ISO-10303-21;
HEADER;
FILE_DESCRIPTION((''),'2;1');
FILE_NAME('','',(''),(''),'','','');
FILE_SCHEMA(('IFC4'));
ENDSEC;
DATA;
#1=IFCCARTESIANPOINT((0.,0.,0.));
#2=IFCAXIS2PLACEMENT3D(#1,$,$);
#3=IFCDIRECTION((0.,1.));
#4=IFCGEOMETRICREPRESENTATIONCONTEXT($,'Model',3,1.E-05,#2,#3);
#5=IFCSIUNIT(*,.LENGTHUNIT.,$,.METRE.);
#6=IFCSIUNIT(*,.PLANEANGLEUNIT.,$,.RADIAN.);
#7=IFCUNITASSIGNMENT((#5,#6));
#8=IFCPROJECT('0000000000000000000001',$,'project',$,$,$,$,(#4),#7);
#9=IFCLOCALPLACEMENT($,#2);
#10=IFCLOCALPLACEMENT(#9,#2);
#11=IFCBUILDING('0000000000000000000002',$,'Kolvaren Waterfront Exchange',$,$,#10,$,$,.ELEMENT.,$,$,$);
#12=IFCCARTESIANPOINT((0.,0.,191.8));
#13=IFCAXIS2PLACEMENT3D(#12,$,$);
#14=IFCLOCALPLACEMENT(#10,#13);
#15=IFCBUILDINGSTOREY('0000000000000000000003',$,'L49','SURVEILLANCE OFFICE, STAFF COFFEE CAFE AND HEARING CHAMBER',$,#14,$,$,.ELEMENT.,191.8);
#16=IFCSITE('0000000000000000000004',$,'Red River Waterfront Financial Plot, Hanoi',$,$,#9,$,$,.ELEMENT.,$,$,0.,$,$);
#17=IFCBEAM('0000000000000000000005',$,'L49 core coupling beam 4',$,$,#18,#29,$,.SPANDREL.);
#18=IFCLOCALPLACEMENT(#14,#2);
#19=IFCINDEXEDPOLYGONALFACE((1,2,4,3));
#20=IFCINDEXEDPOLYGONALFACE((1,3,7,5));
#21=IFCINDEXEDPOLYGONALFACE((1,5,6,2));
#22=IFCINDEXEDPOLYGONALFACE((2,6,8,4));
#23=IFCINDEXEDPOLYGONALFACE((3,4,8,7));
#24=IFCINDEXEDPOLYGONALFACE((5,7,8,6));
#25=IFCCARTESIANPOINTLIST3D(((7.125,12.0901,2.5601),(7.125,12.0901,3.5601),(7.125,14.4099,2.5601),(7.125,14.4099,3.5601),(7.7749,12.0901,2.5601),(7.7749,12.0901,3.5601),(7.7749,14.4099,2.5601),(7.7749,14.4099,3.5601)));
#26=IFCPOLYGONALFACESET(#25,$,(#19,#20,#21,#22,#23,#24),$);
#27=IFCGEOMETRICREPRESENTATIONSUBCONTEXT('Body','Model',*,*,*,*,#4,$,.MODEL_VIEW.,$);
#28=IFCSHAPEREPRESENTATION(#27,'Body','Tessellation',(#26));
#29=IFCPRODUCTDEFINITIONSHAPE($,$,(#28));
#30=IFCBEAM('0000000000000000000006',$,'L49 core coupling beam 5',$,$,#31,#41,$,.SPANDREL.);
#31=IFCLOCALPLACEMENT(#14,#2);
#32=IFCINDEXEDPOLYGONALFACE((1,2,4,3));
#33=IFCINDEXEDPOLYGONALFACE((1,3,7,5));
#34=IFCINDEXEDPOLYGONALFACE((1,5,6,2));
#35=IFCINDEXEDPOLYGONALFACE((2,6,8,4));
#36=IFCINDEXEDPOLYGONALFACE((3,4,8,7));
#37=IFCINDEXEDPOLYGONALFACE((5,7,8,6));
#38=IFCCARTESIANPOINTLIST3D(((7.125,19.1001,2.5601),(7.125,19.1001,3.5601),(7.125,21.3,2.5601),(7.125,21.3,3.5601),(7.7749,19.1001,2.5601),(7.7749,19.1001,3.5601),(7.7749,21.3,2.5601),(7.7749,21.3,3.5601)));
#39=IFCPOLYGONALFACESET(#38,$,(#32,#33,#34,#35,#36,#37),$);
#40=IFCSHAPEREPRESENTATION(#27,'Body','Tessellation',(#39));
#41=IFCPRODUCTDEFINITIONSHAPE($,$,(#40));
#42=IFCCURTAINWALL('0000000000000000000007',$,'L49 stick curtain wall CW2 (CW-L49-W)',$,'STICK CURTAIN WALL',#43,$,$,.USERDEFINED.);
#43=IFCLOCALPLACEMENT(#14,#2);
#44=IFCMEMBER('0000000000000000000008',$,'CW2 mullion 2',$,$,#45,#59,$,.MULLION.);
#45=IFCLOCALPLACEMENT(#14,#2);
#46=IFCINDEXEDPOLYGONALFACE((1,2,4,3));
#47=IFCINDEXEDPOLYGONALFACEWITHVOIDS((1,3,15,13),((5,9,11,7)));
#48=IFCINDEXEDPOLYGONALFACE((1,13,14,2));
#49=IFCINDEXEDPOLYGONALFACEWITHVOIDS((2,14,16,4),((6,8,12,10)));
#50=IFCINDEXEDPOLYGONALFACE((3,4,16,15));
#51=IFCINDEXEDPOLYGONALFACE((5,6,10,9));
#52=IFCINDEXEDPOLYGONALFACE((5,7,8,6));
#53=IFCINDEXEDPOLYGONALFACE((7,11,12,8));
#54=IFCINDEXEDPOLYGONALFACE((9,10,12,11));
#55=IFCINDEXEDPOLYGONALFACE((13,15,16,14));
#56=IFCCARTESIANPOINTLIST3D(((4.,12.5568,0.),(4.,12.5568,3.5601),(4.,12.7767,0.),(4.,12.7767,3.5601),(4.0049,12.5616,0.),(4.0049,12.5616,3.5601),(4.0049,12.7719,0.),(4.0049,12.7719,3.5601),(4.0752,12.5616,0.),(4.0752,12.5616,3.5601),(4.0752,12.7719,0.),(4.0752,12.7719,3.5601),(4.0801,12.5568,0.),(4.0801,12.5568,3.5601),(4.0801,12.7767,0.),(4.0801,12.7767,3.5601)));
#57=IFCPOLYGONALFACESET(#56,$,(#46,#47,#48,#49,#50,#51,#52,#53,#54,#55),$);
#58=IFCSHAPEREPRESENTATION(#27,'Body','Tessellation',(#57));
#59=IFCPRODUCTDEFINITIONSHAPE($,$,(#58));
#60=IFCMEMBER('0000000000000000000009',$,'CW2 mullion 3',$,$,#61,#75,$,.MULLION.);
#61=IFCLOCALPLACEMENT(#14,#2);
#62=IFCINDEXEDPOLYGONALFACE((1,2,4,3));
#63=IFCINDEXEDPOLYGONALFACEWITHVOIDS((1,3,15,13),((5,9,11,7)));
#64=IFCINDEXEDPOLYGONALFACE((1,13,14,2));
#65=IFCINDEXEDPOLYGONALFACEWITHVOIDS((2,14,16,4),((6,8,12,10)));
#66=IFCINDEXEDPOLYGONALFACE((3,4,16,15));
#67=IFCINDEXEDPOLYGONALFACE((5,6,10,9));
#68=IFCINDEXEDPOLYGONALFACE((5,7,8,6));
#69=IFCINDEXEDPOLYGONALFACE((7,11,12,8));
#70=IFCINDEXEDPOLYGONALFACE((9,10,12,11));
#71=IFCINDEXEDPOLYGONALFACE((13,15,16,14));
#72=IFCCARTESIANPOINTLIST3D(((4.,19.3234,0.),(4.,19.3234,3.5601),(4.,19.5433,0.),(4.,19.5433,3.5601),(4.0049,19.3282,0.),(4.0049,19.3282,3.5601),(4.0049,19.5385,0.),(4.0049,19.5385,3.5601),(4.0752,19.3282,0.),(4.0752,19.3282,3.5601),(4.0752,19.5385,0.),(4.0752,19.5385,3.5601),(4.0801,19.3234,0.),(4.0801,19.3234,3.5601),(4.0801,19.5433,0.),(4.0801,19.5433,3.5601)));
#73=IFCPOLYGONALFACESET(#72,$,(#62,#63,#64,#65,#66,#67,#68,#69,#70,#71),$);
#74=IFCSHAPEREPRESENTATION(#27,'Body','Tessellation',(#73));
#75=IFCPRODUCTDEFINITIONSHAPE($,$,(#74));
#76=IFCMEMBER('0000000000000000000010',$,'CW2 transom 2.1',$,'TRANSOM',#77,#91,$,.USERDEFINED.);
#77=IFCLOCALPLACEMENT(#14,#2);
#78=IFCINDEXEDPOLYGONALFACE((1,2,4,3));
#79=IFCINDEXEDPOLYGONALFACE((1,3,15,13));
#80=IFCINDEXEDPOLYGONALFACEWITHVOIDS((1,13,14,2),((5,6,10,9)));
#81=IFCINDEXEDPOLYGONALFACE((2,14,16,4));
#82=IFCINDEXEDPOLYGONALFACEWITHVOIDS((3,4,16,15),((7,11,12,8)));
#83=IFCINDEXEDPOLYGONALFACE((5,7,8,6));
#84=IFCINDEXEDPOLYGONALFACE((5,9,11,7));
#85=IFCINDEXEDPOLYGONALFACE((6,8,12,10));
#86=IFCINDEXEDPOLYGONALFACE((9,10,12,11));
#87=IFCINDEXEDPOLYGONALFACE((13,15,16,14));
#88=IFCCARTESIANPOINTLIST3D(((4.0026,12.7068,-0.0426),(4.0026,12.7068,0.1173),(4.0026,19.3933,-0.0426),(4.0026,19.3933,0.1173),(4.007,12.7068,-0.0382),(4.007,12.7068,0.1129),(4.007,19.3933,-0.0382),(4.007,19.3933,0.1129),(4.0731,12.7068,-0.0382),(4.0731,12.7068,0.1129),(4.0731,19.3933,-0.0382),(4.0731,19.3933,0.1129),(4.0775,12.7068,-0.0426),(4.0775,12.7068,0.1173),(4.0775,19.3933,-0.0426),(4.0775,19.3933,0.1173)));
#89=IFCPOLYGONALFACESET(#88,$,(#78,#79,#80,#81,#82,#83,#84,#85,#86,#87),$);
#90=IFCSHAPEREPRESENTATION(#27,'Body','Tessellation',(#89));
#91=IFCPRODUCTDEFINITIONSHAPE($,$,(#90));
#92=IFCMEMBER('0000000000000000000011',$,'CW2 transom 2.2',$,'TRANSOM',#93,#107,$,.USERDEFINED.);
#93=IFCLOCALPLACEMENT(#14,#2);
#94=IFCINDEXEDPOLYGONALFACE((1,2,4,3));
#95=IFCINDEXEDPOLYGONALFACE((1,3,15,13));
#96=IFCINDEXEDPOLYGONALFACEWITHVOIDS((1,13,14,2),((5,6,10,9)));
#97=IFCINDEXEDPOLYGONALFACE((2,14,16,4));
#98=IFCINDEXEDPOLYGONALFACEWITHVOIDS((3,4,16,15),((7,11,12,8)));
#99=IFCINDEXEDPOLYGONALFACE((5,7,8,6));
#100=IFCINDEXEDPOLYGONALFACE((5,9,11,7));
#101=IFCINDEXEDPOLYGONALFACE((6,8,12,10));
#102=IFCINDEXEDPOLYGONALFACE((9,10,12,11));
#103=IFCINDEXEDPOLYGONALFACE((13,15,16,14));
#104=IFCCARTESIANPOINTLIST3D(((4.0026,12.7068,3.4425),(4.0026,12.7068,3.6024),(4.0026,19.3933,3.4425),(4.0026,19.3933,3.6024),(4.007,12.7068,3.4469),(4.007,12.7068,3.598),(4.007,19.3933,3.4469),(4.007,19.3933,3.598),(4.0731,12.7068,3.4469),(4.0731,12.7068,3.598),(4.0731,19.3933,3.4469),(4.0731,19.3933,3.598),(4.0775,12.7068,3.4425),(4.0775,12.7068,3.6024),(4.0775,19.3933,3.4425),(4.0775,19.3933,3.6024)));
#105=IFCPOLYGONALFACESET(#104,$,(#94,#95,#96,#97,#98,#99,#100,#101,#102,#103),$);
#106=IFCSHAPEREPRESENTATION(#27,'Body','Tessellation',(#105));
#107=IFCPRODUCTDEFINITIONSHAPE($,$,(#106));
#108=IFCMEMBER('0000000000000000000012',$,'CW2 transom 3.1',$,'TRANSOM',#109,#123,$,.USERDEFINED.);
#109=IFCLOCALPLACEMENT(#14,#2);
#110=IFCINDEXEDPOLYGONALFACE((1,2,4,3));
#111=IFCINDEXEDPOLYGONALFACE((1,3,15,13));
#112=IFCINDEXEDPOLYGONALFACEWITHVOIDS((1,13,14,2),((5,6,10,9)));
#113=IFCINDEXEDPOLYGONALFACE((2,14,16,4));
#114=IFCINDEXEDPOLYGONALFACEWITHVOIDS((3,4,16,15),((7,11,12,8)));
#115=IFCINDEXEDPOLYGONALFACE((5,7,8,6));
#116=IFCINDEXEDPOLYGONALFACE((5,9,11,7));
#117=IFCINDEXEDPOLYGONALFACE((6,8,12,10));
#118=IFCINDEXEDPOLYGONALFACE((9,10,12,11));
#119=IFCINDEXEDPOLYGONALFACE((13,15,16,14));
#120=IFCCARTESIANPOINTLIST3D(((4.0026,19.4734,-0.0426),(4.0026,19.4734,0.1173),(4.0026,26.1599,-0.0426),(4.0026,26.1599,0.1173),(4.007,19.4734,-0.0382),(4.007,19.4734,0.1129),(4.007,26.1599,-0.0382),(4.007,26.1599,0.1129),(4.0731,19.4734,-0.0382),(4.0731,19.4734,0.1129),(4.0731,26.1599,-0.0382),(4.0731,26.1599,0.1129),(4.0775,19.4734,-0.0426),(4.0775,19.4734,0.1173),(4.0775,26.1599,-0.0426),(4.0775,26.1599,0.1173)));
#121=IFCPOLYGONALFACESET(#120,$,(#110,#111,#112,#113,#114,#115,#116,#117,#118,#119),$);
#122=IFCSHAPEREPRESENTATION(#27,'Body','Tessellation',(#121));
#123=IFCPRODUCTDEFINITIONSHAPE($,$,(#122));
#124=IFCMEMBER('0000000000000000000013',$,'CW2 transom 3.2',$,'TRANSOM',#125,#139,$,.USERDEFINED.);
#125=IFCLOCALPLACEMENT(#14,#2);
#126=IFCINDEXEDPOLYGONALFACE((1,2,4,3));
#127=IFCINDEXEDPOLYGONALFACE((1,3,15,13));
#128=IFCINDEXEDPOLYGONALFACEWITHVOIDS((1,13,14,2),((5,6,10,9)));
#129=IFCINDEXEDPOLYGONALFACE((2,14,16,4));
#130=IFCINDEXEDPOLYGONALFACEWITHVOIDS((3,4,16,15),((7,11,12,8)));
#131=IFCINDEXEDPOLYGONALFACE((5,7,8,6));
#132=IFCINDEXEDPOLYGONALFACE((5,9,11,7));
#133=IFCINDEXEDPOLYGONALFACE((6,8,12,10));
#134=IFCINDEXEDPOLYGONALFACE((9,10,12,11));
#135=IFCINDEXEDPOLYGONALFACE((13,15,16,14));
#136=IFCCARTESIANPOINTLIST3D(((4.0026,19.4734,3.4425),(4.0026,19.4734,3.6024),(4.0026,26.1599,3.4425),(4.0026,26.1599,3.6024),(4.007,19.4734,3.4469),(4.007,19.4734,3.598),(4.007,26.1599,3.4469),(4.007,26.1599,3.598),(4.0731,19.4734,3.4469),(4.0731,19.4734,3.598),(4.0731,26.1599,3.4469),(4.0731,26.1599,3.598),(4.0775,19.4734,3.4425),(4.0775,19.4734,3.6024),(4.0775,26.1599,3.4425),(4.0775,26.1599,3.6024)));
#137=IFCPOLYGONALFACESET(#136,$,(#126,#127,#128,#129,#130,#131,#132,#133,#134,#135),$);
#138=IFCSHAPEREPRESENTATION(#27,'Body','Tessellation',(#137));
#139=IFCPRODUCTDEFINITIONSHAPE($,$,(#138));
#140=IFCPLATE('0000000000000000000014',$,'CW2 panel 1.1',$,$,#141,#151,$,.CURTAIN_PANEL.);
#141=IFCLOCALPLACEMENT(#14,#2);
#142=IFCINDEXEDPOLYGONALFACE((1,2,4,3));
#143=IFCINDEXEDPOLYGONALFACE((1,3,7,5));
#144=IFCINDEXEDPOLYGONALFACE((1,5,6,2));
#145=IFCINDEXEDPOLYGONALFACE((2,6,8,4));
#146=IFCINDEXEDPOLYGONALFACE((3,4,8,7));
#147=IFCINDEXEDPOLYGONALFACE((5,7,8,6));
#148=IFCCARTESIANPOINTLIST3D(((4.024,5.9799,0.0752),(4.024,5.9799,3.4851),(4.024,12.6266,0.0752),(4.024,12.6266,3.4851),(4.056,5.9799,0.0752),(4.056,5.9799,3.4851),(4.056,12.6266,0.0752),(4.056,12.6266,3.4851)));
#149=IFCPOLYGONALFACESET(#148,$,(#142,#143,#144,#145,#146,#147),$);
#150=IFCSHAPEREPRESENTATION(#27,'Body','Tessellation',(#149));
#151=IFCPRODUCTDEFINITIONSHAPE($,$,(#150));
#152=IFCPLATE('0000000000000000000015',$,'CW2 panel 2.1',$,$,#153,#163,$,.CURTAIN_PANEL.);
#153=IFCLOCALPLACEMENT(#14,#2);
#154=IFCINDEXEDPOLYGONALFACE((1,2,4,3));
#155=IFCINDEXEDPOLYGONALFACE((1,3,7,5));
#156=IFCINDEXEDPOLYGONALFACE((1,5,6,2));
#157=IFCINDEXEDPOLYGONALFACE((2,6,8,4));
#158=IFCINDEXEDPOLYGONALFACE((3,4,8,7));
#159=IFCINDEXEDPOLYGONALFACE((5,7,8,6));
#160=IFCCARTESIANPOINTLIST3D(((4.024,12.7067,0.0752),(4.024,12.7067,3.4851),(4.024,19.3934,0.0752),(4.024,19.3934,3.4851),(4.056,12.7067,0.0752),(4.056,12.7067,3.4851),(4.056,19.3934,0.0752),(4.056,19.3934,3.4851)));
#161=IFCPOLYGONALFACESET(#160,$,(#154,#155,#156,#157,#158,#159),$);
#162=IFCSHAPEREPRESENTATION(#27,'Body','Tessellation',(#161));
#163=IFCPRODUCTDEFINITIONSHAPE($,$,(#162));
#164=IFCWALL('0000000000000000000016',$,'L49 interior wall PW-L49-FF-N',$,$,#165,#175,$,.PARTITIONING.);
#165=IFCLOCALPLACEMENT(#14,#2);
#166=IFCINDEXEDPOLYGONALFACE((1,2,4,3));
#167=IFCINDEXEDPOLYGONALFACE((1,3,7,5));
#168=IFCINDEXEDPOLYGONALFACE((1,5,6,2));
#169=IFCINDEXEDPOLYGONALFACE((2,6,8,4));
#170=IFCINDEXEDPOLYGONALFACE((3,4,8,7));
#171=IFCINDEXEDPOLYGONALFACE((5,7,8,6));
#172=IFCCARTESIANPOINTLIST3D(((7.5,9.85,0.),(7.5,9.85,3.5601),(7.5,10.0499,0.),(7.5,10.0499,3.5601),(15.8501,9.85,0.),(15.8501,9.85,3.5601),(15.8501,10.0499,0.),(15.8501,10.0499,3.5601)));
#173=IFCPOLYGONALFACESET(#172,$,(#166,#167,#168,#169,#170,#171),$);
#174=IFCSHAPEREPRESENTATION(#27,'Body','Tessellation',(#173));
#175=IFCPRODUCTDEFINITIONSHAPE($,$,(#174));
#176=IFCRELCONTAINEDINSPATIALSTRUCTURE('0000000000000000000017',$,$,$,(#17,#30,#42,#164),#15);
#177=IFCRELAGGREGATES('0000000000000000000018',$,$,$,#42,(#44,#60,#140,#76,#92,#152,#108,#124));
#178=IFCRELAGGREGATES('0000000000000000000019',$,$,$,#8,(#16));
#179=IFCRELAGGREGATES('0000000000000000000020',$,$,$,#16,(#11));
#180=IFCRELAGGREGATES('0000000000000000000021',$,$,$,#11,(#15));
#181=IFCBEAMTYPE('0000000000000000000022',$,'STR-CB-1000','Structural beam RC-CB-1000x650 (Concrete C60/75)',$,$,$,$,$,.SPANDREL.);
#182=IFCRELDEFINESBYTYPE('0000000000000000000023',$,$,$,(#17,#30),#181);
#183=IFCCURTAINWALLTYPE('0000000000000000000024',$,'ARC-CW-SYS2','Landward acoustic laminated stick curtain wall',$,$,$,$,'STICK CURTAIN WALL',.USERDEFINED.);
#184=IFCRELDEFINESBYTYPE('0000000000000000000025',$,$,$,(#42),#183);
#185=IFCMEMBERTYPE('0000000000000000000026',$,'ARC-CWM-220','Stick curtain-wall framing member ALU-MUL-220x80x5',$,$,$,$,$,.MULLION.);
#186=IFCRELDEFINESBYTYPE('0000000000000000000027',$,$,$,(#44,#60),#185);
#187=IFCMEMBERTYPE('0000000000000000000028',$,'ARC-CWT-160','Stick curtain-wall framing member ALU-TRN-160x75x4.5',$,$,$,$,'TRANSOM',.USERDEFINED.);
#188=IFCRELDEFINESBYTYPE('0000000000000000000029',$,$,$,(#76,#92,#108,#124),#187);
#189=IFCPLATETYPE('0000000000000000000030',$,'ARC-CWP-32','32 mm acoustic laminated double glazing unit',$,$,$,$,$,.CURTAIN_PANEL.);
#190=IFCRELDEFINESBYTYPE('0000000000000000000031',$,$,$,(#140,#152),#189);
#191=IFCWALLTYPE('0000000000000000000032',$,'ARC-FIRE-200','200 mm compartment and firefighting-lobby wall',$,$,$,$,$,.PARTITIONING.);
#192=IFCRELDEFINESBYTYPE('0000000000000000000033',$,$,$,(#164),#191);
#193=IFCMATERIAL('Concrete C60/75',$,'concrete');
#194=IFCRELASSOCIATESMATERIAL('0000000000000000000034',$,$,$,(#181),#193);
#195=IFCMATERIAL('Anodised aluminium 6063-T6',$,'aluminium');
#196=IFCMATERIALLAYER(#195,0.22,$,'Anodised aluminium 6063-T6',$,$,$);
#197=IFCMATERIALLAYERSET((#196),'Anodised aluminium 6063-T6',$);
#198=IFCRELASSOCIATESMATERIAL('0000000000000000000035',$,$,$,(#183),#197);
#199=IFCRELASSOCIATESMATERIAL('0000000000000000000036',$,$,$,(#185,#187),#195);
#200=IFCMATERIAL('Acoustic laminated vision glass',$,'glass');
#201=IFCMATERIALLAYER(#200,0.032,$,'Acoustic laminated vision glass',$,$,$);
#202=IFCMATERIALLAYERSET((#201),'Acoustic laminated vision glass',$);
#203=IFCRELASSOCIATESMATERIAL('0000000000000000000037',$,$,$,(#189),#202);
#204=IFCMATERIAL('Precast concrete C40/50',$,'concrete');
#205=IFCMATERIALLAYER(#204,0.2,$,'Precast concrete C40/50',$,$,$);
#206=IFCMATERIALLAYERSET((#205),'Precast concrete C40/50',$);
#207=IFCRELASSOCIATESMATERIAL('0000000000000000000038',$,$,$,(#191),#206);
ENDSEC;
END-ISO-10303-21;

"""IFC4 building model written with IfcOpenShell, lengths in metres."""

from ifc_helpers import new_model, si_unit, direction, frame, frame_2d, origin, origin_with_axes, origin_2d, place, context, subcontext, project, spatial, rectangle, hollow_rectangle, extrude, source, transform, mapped, material, layer, layer_set, material_profile, profile_set, type_object, element, aggregate, save


model = new_model("IFC4")

# Units and contexts
model_context = context("Model", 3, precision=1e-05, world=origin(), true_north=direction((0.0, 1.0)))
body_context = subcontext(model_context, "Body", "Model", "MODEL_VIEW")
ifc_project = project(units=[si_unit("LENGTHUNIT", "METRE"), si_unit("PLANEANGLEUNIT", "RADIAN")], contexts=[model_context])

# Site, building, storey
site_placement = place(None, origin())
site = spatial("IfcSite", under=ifc_project, at=site_placement, Name="Red River Waterfront Financial Plot, Hanoi", CompositionType="ELEMENT", RefElevation=0.0)
building_placement = place(site_placement, origin())
building = spatial("IfcBuilding", under=site, at=building_placement, Name="Kolvaren Waterfront Exchange", CompositionType="ELEMENT")
storey_placement = place(building_placement, frame((0.0, 0.0, 191.8)))
storey = spatial("IfcBuildingStorey", under=building, at=storey_placement, Name="L49", Description="SURVEILLANCE OFFICE, STAFF COFFEE CAFE AND HEARING CHAMBER", CompositionType="ELEMENT", Elevation=191.8)

# Beams
ifc_material_1 = material(Name="Concrete C60/75", Category="concrete")
ifc_material_profile_1 = material_profile(ifc_material_1, rectangle(XDim=0.6499, YDim=1.0, at=origin_2d()), Name="RC-CB-1000x650")
ifc_profile_set_1 = profile_set([ifc_material_profile_1], Name="Concrete C60/75")
beam_type = type_object("IfcBeamType", Name="STR-CB-1000", Description="Structural beam RC-CB-1000x650 (Concrete C60/75)", PredefinedType="SPANDREL", material=ifc_profile_set_1)
beam_1_placement = place(storey_placement, frame((7.45, 12.0901, 3.0601), z_axis=(0.0, 1.0, 0.0), x_axis=(-1.0, 0.0, 0.0)))
element("IfcBeam", 1, at=beam_1_placement, inside=storey, type_object=beam_type, Name="L49 core coupling beam 4", PredefinedType="SPANDREL", context=body_context, shape_type="SweptSolid", body=[
    extrude(rectangle(XDim=0.6499, YDim=1.0, at=origin_2d()), origin(), (0.0, 0.0, 1.0), 2.3198),
])
beam_2_placement = place(storey_placement, frame((7.45, 19.1001, 3.0601), z_axis=(0.0, 1.0, 0.0), x_axis=(-1.0, 0.0, 0.0)))
element("IfcBeam", 2, at=beam_2_placement, inside=storey, type_object=beam_type, Name="L49 core coupling beam 5", PredefinedType="SPANDREL", context=body_context, shape_type="SweptSolid", body=[
    extrude(rectangle(XDim=0.6499, YDim=1.0, at=origin_2d()), origin(), (0.0, 0.0, 1.0), 2.2),
])

# Curtain wall, members, plates
ifc_material_2 = material(Name="Anodised aluminium 6063-T6", Category="aluminium")
ifc_layer_1 = layer(ifc_material_2, 0.22, Name="Anodised aluminium 6063-T6")
ifc_layer_set_1 = layer_set([ifc_layer_1], Name="Anodised aluminium 6063-T6")
curtain_wall_type = type_object("IfcCurtainWallType", Name="ARC-CW-SYS2", Description="Landward acoustic laminated stick curtain wall", ElementType="STICK CURTAIN WALL", PredefinedType="USERDEFINED", material=ifc_layer_set_1)
curtain_wall_placement = place(storey_placement, origin())
curtain_wall = element("IfcCurtainWall", 3, at=curtain_wall_placement, inside=storey, type_object=curtain_wall_type, Name="L49 stick curtain wall CW2 (CW-L49-W)", ObjectType="STICK CURTAIN WALL", PredefinedType="USERDEFINED")
ifc_material_profile_2 = material_profile(ifc_material_2, hollow_rectangle(XDim=0.0801, YDim=0.22, WallThickness=0.0049, at=origin_2d()), Name="ALU-MUL-220x80x5")
ifc_profile_set_2 = profile_set([ifc_material_profile_2], Name="Anodised aluminium 6063-T6")
member_type_1 = type_object("IfcMemberType", Name="ARC-CWM-220", Description="Stick curtain-wall framing member ALU-MUL-220x80x5", PredefinedType="MULLION", material=ifc_profile_set_2)
shared_shape_1 = source(origin_with_axes(), body_context, "Body", "SweptSolid", [
    extrude(hollow_rectangle(XDim=0.0801, YDim=0.22, WallThickness=0.0049, at=origin_2d()), origin(), (0.0, 0.0, 1.0), 3.5601),
])
member_1_placement = place(storey_placement, frame((4.04, 12.6667, 0.0), z_axis=(0.0, 0.0, 1.0), x_axis=(-1.0, 0.0, 0.0)))
member_1 = element("IfcMember", 4, at=member_1_placement, type_object=member_type_1, Name="CW2 mullion 2", PredefinedType="MULLION", context=body_context, shape_type="MappedRepresentation", body=[
    mapped(shared_shape_1, transform((0.0, 0.0, 0.0), x_axis=(1.0, 0.0, 0.0), y_axis=(0.0, 1.0, 0.0), z_axis=(0.0, 0.0, 1.0), scale=1.0)),
])
member_2_placement = place(storey_placement, frame((4.04, 19.4333, 0.0), z_axis=(0.0, 0.0, 1.0), x_axis=(-1.0, 0.0, 0.0)))
member_2 = element("IfcMember", 5, at=member_2_placement, type_object=member_type_1, Name="CW2 mullion 3", PredefinedType="MULLION", context=body_context, shape_type="MappedRepresentation", body=[
    mapped(shared_shape_1, transform((0.0, 0.0, 0.0), x_axis=(1.0, 0.0, 0.0), y_axis=(0.0, 1.0, 0.0), z_axis=(0.0, 0.0, 1.0), scale=1.0)),
])
ifc_material_profile_3 = material_profile(ifc_material_2, hollow_rectangle(XDim=0.075, YDim=0.1599, WallThickness=0.0044, at=origin_2d()), Name="ALU-TRN-160x75x4.5")
ifc_profile_set_3 = profile_set([ifc_material_profile_3], Name="Anodised aluminium 6063-T6")
member_type_2 = type_object("IfcMemberType", Name="ARC-CWT-160", Description="Stick curtain-wall framing member ALU-TRN-160x75x4.5", ElementType="TRANSOM", PredefinedType="USERDEFINED", material=ifc_profile_set_3)
shared_shape_2 = source(origin_with_axes(), body_context, "Body", "SweptSolid", [
    extrude(hollow_rectangle(XDim=0.075, YDim=0.1599, WallThickness=0.0044, at=origin_2d()), origin(), (0.0, 0.0, 1.0), 6.6865),
])
member_3_placement = place(storey_placement, frame((4.04, 12.7068, 0.0374), z_axis=(0.0, 1.0, 0.0), x_axis=(-1.0, 0.0, 0.0)))
member_3 = element("IfcMember", 6, at=member_3_placement, type_object=member_type_2, Name="CW2 transom 2.1", ObjectType="TRANSOM", PredefinedType="USERDEFINED", context=body_context, shape_type="MappedRepresentation", body=[
    mapped(shared_shape_2, transform((0.0, 0.0, 0.0), x_axis=(1.0, 0.0, 0.0), y_axis=(0.0, 1.0, 0.0), z_axis=(0.0, 0.0, 1.0), scale=1.0)),
])
member_4_placement = place(storey_placement, frame((4.04, 12.7068, 3.5225), z_axis=(0.0, 1.0, 0.0), x_axis=(-1.0, 0.0, 0.0)))
member_4 = element("IfcMember", 7, at=member_4_placement, type_object=member_type_2, Name="CW2 transom 2.2", ObjectType="TRANSOM", PredefinedType="USERDEFINED", context=body_context, shape_type="MappedRepresentation", body=[
    mapped(shared_shape_2, transform((0.0, 0.0, 0.0), x_axis=(1.0, 0.0, 0.0), y_axis=(0.0, 1.0, 0.0), z_axis=(0.0, 0.0, 1.0), scale=1.0)),
])
member_5_placement = place(storey_placement, frame((4.04, 19.4734, 0.0374), z_axis=(0.0, 1.0, 0.0), x_axis=(-1.0, 0.0, 0.0)))
member_5 = element("IfcMember", 8, at=member_5_placement, type_object=member_type_2, Name="CW2 transom 3.1", ObjectType="TRANSOM", PredefinedType="USERDEFINED", context=body_context, shape_type="MappedRepresentation", body=[
    mapped(shared_shape_2, transform((0.0, 0.0, 0.0), x_axis=(1.0, 0.0, 0.0), y_axis=(0.0, 1.0, 0.0), z_axis=(0.0, 0.0, 1.0), scale=1.0)),
])
member_6_placement = place(storey_placement, frame((4.04, 19.4734, 3.5225), z_axis=(0.0, 1.0, 0.0), x_axis=(-1.0, 0.0, 0.0)))
member_6 = element("IfcMember", 9, at=member_6_placement, type_object=member_type_2, Name="CW2 transom 3.2", ObjectType="TRANSOM", PredefinedType="USERDEFINED", context=body_context, shape_type="MappedRepresentation", body=[
    mapped(shared_shape_2, transform((0.0, 0.0, 0.0), x_axis=(1.0, 0.0, 0.0), y_axis=(0.0, 1.0, 0.0), z_axis=(0.0, 0.0, 1.0), scale=1.0)),
])
ifc_material_3 = material(Name="Acoustic laminated vision glass", Category="glass")
ifc_layer_2 = layer(ifc_material_3, 0.032, Name="Acoustic laminated vision glass")
ifc_layer_set_2 = layer_set([ifc_layer_2], Name="Acoustic laminated vision glass")
plate_type = type_object("IfcPlateType", Name="ARC-CWP-32", Description="32 mm acoustic laminated double glazing unit", PredefinedType="CURTAIN_PANEL", material=ifc_layer_set_2)
shared_shape_3 = source(origin_with_axes(), body_context, "Body", "SweptSolid", [
    extrude(rectangle(XDim=6.6467, YDim=0.032, at=origin_2d()), origin(), (0.0, 0.0, 1.0), 3.4099),
])
plate_1_placement = place(storey_placement, frame((4.04, 9.3032, 0.0752), z_axis=(0.0, 0.0, 1.0), x_axis=(0.0, 1.0, 0.0)))
plate_1 = element("IfcPlate", 10, at=plate_1_placement, type_object=plate_type, Name="CW2 panel 1.1", PredefinedType="CURTAIN_PANEL", context=body_context, shape_type="MappedRepresentation", body=[
    mapped(shared_shape_3, transform((0.0, 0.0, 0.0), x_axis=(1.0, 0.0, 0.0), y_axis=(0.0, 1.0, 0.0), z_axis=(0.0, 0.0, 1.0), scale=1.0)),
])
shared_shape_4 = source(origin_with_axes(), body_context, "Body", "SweptSolid", [
    extrude(rectangle(XDim=6.6868, YDim=0.032, at=origin_2d()), origin(), (0.0, 0.0, 1.0), 3.4099),
])
plate_2_placement = place(storey_placement, frame((4.04, 16.05, 0.0752), z_axis=(0.0, 0.0, 1.0), x_axis=(0.0, 1.0, 0.0)))
plate_2 = element("IfcPlate", 11, at=plate_2_placement, type_object=plate_type, Name="CW2 panel 2.1", PredefinedType="CURTAIN_PANEL", context=body_context, shape_type="MappedRepresentation", body=[
    mapped(shared_shape_4, transform((0.0, 0.0, 0.0), x_axis=(1.0, 0.0, 0.0), y_axis=(0.0, 1.0, 0.0), z_axis=(0.0, 0.0, 1.0), scale=1.0)),
])
aggregate(curtain_wall, [member_1, member_2, plate_1, member_3, member_4, plate_2, member_5, member_6])

# Wall
ifc_material_4 = material(Name="Precast concrete C40/50", Category="concrete")
ifc_layer_3 = layer(ifc_material_4, 0.2, Name="Precast concrete C40/50")
ifc_layer_set_3 = layer_set([ifc_layer_3], Name="Precast concrete C40/50")
wall_type_1 = type_object("IfcWallType", Name="ARC-FIRE-200", Description="200 mm compartment and firefighting-lobby wall", PredefinedType="PARTITIONING", material=ifc_layer_set_3)
wall_1_placement = place(storey_placement, frame((7.5, 9.95, 0.0), z_axis=(0.0, 0.0, 1.0), x_axis=(1.0, 0.0, 0.0)))
element("IfcWall", 12, at=wall_1_placement, inside=storey, type_object=wall_type_1, Name="L49 interior wall PW-L49-FF-N", PredefinedType="PARTITIONING", context=body_context, shape_type="SweptSolid", body=[
    extrude(rectangle(XDim=8.3501, YDim=0.2, at=frame_2d((4.175, 0.0))), origin(), (0.0, 0.0, 1.0), 3.5601),
])

save(model, "model.ifc")
